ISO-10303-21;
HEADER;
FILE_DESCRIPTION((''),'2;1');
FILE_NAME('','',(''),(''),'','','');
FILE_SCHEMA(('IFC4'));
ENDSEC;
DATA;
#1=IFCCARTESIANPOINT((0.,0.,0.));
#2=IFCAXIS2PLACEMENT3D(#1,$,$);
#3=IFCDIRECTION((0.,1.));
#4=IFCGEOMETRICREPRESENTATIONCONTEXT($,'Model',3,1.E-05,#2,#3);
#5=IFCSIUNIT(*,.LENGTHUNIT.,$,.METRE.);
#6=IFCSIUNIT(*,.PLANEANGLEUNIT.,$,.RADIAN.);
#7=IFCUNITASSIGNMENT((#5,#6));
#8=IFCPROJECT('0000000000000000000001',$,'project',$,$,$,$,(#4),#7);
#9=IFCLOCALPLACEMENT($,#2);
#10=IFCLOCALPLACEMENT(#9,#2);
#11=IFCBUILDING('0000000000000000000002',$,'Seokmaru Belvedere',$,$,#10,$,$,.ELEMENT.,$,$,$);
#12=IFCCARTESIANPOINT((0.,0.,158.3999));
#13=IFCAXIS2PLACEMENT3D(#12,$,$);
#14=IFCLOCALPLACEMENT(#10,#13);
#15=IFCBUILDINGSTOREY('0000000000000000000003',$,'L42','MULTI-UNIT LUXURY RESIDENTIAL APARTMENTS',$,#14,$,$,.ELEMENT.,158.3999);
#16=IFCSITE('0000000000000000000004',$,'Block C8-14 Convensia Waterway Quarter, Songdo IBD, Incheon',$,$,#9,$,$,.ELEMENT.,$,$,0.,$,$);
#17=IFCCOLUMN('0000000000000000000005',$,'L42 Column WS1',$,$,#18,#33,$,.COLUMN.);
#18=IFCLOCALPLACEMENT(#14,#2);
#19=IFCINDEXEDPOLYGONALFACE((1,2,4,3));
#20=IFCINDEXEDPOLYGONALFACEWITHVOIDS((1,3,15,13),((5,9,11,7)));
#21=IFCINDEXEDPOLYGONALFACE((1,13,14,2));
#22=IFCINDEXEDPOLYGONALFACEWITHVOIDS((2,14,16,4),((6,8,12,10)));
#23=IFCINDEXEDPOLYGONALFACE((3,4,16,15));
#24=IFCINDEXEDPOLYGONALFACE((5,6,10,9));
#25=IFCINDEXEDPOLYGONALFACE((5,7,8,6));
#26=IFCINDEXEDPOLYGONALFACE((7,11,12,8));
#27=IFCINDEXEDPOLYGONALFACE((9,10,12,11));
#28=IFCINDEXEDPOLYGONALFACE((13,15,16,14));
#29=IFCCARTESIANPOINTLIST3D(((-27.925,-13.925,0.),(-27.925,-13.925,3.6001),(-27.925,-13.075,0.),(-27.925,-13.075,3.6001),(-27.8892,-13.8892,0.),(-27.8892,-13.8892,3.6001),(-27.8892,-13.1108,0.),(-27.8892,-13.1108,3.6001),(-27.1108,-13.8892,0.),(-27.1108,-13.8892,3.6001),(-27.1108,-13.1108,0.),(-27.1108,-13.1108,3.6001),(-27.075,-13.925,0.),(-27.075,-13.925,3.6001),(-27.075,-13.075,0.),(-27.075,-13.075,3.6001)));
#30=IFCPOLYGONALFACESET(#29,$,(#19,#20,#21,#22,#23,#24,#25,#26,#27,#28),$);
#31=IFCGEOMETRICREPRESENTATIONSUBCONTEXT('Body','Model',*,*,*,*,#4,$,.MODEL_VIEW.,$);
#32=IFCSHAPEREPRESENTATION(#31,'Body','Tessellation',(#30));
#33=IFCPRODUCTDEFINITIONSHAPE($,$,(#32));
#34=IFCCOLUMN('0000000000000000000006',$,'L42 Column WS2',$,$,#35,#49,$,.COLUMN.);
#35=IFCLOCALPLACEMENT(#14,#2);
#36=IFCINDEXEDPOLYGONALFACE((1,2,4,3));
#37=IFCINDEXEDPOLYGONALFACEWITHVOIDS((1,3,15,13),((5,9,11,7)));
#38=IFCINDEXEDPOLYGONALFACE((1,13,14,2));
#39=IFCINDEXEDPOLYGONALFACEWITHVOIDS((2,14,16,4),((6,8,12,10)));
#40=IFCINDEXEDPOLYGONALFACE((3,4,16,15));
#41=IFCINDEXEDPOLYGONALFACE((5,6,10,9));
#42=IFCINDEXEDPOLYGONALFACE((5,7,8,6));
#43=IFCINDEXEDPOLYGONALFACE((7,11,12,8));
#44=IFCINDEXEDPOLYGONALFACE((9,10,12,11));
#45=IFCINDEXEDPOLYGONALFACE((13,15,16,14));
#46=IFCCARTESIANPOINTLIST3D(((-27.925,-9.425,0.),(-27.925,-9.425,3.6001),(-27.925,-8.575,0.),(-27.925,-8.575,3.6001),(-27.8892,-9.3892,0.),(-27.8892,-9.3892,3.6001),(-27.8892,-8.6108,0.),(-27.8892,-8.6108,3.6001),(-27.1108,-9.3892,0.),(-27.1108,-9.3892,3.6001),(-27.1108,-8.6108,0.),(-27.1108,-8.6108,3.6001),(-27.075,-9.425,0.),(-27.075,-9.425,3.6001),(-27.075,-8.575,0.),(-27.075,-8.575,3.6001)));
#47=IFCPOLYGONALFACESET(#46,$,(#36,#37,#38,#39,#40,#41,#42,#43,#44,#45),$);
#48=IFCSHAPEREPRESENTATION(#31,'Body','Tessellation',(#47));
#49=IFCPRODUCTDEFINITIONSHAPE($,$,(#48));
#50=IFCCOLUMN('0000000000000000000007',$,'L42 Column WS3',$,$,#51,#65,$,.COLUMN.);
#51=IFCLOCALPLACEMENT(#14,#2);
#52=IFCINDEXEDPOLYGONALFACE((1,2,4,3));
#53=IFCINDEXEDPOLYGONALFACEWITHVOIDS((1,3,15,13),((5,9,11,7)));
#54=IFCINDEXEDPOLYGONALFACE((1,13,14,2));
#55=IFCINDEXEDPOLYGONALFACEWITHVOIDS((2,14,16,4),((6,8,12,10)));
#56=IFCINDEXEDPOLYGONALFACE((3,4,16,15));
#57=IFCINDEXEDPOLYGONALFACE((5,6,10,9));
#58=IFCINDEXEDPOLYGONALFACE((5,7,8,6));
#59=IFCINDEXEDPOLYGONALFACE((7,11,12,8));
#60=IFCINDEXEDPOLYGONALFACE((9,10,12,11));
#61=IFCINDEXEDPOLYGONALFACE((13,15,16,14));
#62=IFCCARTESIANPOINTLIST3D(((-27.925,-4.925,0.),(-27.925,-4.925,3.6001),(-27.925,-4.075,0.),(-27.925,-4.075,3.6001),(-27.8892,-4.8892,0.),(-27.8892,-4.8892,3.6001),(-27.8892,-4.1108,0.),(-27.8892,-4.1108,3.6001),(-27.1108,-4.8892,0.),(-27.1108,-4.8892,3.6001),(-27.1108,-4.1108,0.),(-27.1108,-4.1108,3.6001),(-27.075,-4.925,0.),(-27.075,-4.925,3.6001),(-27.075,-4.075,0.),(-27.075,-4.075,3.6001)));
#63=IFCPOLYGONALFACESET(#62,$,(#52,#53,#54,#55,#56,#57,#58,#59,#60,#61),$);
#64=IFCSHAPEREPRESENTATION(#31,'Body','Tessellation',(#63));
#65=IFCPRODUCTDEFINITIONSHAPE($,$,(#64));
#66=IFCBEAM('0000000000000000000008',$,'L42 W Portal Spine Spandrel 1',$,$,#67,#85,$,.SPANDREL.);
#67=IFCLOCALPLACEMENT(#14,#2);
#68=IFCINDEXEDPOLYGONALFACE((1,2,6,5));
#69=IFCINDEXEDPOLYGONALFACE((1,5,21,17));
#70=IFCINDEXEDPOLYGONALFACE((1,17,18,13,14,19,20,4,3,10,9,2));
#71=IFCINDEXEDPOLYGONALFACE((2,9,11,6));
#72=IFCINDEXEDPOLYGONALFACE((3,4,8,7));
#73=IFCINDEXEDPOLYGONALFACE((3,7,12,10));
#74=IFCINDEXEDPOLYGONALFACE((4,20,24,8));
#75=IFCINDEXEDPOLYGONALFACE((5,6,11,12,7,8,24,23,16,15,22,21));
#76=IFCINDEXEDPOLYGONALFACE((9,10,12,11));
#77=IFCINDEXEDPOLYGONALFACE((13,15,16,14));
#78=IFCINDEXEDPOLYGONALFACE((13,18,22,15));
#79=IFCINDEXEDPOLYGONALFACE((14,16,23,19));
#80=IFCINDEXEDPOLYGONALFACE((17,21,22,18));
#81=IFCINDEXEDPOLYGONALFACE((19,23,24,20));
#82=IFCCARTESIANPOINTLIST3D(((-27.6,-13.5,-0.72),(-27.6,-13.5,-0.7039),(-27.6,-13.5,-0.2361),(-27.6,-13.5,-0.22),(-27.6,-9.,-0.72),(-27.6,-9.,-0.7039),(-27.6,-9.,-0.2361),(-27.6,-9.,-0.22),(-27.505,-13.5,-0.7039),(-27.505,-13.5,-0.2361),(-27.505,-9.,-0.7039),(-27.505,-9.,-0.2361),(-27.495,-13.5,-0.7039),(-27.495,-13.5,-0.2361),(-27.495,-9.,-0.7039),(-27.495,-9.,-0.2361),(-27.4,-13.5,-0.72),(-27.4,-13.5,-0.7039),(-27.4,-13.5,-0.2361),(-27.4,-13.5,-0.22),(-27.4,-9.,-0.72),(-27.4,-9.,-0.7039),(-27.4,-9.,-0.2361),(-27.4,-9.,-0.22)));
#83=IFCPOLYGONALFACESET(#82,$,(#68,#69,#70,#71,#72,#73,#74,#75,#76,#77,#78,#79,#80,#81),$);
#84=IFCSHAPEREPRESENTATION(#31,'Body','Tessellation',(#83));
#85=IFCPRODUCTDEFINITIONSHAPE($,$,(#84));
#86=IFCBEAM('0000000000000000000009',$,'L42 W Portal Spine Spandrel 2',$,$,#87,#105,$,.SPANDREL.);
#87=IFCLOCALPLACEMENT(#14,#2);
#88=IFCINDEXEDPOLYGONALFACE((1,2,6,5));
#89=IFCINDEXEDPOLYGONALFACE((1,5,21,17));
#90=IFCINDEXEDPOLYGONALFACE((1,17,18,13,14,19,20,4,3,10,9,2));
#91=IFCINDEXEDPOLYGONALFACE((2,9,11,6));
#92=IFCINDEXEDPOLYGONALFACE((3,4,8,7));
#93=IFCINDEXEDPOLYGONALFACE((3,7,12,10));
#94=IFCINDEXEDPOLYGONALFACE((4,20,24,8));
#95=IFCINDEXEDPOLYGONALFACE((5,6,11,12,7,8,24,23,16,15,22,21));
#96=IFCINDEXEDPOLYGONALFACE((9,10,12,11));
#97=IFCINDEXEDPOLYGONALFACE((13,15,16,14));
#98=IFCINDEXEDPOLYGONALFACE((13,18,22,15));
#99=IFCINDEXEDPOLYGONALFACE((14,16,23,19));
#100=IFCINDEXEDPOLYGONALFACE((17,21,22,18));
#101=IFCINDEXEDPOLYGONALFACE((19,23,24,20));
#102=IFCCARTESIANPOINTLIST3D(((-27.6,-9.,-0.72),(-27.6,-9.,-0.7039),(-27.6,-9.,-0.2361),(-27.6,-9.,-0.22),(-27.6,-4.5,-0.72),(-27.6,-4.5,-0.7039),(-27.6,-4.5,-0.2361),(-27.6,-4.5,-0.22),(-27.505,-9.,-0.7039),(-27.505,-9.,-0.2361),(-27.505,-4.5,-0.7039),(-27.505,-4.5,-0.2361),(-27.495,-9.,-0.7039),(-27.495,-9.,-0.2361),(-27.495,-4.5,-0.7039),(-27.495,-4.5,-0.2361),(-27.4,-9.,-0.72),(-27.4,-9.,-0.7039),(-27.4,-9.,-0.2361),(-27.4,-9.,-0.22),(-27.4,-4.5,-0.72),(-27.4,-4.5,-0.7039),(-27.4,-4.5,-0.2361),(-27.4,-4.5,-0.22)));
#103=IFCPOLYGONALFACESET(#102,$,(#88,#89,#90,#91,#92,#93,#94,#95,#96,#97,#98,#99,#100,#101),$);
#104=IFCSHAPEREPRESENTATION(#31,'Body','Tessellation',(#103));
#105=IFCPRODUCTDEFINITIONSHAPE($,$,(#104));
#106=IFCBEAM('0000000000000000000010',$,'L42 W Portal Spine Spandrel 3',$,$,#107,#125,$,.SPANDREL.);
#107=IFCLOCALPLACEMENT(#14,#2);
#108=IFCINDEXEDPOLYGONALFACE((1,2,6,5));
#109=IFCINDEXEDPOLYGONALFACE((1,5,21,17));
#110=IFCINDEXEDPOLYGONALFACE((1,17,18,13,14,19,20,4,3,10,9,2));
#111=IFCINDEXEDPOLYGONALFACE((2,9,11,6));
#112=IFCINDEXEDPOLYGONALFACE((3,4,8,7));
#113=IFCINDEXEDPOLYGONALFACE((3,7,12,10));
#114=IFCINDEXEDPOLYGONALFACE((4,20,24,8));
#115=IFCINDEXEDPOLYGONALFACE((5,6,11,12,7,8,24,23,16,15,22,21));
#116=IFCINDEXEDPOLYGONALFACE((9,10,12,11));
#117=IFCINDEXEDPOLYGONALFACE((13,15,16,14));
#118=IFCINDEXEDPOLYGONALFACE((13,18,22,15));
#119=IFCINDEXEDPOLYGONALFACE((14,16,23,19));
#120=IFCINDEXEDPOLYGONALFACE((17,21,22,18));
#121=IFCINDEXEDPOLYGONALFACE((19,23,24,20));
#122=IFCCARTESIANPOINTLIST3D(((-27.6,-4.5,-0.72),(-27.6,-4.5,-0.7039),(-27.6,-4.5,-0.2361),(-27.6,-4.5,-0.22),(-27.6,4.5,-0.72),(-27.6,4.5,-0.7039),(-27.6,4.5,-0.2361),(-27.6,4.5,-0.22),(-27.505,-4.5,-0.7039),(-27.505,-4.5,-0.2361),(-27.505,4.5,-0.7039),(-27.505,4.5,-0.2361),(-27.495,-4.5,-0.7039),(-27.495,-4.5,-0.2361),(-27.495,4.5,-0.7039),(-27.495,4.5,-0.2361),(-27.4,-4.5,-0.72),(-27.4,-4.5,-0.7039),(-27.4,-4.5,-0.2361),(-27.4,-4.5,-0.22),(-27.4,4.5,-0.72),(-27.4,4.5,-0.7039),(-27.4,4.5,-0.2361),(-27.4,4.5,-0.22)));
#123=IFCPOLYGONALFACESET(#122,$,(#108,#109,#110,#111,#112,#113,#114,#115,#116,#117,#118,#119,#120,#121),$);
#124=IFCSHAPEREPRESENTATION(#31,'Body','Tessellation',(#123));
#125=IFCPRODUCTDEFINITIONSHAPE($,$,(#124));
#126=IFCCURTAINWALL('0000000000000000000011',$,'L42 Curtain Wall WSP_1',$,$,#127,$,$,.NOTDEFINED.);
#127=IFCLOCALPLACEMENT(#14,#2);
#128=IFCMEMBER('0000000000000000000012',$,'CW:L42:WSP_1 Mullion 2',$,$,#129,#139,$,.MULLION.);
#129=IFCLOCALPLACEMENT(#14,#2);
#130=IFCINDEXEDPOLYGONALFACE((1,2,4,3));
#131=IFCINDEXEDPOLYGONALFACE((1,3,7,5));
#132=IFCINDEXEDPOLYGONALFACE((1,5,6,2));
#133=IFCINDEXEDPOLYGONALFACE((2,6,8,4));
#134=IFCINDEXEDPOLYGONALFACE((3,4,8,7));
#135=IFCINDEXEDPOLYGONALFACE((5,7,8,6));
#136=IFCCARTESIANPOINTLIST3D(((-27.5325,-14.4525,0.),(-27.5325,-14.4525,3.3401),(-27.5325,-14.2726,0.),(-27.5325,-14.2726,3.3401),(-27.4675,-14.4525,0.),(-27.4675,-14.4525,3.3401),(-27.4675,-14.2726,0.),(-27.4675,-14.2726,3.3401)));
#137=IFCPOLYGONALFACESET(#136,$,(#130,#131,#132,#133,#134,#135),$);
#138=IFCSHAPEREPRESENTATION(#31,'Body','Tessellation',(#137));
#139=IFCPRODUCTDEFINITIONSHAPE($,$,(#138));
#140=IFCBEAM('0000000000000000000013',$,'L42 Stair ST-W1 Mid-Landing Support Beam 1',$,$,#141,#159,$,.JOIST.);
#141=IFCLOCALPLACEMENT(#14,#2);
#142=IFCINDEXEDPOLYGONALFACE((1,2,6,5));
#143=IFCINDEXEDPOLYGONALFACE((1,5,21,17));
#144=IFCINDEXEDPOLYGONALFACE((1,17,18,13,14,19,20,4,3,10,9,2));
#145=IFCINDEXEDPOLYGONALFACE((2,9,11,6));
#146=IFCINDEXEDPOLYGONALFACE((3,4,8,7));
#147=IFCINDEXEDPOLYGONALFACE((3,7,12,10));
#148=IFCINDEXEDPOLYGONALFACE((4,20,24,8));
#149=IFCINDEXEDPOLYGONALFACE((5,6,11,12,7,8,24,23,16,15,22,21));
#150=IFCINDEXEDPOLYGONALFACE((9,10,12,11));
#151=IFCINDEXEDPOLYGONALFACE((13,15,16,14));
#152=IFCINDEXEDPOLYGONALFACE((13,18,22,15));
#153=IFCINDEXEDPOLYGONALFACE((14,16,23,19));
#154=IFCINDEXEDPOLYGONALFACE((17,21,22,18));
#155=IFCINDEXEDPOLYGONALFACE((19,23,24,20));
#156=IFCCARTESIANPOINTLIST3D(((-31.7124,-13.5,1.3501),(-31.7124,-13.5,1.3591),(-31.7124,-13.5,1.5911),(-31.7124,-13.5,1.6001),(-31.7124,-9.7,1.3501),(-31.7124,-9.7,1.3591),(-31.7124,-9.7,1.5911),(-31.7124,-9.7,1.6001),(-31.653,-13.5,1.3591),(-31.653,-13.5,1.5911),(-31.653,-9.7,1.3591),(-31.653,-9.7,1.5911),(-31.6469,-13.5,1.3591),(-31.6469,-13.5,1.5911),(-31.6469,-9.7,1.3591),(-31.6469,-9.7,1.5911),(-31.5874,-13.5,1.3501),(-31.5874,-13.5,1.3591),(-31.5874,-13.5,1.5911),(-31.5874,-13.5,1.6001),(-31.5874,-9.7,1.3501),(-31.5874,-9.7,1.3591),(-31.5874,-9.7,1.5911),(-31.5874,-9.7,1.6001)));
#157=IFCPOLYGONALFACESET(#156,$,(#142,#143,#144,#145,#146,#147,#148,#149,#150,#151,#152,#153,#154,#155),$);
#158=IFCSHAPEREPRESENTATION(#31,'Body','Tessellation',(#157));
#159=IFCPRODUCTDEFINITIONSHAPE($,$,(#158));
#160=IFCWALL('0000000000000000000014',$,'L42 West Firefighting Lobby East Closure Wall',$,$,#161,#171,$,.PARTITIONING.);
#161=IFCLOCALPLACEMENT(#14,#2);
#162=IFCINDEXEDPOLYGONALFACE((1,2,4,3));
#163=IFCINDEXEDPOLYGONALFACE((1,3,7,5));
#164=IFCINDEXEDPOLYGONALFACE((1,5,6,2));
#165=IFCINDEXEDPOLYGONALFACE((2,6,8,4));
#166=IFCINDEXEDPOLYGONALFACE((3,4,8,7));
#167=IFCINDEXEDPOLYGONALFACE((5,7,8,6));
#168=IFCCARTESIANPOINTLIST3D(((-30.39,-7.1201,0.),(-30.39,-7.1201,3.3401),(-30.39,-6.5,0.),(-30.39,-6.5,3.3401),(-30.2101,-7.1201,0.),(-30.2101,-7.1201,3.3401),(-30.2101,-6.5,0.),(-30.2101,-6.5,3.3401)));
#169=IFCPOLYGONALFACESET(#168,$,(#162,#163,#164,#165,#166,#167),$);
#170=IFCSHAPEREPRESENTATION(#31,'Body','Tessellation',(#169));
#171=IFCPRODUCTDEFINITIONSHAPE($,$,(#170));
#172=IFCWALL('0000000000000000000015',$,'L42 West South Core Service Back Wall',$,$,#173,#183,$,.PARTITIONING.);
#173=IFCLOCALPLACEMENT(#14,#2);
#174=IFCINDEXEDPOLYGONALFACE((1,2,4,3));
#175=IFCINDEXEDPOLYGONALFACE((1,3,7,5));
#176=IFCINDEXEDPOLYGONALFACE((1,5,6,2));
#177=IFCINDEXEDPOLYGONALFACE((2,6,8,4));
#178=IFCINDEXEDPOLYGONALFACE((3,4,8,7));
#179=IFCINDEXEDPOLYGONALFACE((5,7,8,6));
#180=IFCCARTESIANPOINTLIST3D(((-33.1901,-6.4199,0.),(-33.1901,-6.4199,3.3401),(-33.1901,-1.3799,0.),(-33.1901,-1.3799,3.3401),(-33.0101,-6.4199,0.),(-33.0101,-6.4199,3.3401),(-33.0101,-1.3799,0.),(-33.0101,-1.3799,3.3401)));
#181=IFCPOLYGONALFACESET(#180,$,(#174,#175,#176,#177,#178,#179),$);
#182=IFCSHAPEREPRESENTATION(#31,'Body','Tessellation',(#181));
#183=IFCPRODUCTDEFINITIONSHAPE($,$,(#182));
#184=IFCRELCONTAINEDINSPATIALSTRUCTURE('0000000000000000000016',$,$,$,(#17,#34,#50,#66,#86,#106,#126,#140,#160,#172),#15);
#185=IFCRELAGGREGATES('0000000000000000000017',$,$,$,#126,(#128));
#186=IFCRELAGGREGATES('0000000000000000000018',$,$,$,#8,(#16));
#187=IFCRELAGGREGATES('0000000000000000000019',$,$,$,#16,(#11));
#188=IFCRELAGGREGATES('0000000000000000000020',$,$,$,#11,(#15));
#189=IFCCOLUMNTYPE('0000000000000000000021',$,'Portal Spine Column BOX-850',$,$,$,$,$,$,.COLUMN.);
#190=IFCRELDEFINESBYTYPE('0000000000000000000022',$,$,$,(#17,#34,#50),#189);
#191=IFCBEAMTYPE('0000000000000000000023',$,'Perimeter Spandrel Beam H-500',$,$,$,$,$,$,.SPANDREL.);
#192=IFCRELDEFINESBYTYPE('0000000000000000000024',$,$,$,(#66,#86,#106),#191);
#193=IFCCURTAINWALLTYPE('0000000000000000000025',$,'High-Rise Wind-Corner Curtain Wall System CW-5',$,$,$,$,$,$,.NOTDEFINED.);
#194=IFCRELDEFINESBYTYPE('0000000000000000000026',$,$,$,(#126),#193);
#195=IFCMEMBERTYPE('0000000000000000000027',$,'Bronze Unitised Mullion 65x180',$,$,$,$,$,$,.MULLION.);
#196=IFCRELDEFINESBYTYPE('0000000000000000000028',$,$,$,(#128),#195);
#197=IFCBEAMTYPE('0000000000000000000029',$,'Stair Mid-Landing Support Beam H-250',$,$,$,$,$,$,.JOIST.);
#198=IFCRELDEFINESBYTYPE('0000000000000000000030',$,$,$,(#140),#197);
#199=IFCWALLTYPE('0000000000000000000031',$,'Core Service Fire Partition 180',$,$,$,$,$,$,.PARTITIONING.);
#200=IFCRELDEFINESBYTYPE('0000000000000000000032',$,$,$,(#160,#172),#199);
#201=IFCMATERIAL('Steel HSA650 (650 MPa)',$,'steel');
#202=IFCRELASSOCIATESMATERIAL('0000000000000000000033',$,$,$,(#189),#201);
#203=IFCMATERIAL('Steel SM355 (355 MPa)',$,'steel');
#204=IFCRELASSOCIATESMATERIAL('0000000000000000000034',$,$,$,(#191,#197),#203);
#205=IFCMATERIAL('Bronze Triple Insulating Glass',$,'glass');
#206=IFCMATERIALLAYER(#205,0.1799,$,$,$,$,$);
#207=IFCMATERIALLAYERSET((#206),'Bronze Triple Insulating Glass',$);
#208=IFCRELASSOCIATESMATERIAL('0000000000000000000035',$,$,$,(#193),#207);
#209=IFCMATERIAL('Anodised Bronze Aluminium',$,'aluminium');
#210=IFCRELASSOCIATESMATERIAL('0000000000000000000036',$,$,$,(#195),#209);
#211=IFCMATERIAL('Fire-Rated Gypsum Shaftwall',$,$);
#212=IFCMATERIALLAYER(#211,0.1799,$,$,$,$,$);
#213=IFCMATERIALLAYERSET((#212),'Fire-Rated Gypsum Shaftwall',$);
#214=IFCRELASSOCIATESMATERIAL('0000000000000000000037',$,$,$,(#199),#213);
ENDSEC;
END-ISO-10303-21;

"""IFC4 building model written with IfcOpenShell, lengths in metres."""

from ifc_helpers import new_model, si_unit, direction, frame, frame_2d, origin, origin_2d, place, context, subcontext, project, spatial, rectangle, hollow_rectangle, i_section, extrude, source, transform, mapped, material, layer, layer_set, material_profile, profile_set, type_object, type_shapes, element, aggregate, save


model = new_model("IFC4")

# Units and contexts
model_context = context("Model", 3, precision=1e-05, world=origin(), true_north=direction((0.0, 1.0)))
body_context = subcontext(model_context, "Body", "Model", "MODEL_VIEW")
ifc_project = project(units=[si_unit("LENGTHUNIT", "METRE"), si_unit("PLANEANGLEUNIT", "RADIAN")], contexts=[model_context])

# Site, building, storey
site_placement = place(None, origin())
site = spatial("IfcSite", under=ifc_project, at=site_placement, Name="Block C8-14 Convensia Waterway Quarter, Songdo IBD, Incheon", CompositionType="ELEMENT", RefElevation=0.0)
building_placement = place(site_placement, origin())
building = spatial("IfcBuilding", under=site, at=building_placement, Name="Seokmaru Belvedere", CompositionType="ELEMENT")
storey_placement = place(building_placement, frame((0.0, 0.0, 158.3999)))
storey = spatial("IfcBuildingStorey", under=building, at=storey_placement, Name="L42", Description="MULTI-UNIT LUXURY RESIDENTIAL APARTMENTS", CompositionType="ELEMENT", Elevation=158.3999)

# Columns
ifc_material_1 = material(Name="Steel HSA650 (650 MPa)", Category="steel")
ifc_material_profile_1 = material_profile(ifc_material_1, hollow_rectangle(XDim=0.8501, YDim=0.8501, WallThickness=0.0359, at=origin_2d()), Name="BOX-850x850x36")
ifc_profile_set_1 = profile_set([ifc_material_profile_1], Name="Steel HSA650 (650 MPa)")
column_type = type_object("IfcColumnType", Name="Portal Spine Column BOX-850", PredefinedType="COLUMN", material=ifc_profile_set_1)
shared_shape_1 = source(origin(), body_context, "Body", "SweptSolid", [
    extrude(hollow_rectangle(XDim=0.8501, YDim=0.8501, WallThickness=0.0359, at=origin_2d()), origin(), (0.0, 0.0, 1.0), 3.6001),
])
type_shapes(column_type, [shared_shape_1])
for number, where, z_axis, x_axis, name in (
    (1, (-27.5, -13.5, 0.0), (0.0, 0.0, 1.0), (1.0, 0.0, 0.0), "L42 Column WS1"),
    (2, (-27.5, -9.0, 0.0), (0.0, 0.0, 1.0), (1.0, 0.0, 0.0), "L42 Column WS2"),
    (3, (-27.5, -4.5, 0.0), (0.0, 0.0, 1.0), (1.0, 0.0, 0.0), "L42 Column WS3"),
):
    element("IfcColumn", number, at=place(storey_placement, frame(where, z_axis=z_axis, x_axis=x_axis)), inside=storey, type_object=column_type, Name=name, PredefinedType="COLUMN", context=body_context, shape_type="MappedRepresentation", body=[
        mapped(shared_shape_1, transform((0.0, 0.0, 0.0), scale=1.0)),
    ])

# Beams
ifc_material_2 = material(Name="Steel SM355 (355 MPa)", Category="steel")
ifc_material_profile_2 = material_profile(ifc_material_2, i_section(OverallWidth=0.2, OverallDepth=0.5, WebThickness=0.01, FlangeThickness=0.0161, at=origin_2d()), Name="H-500x200x10x16")
ifc_profile_set_2 = profile_set([ifc_material_profile_2], Name="Steel SM355 (355 MPa)")
beam_type_1 = type_object("IfcBeamType", Name="Perimeter Spandrel Beam H-500", PredefinedType="SPANDREL", material=ifc_profile_set_2)
shared_shape_2 = source(origin(), body_context, "Body", "SweptSolid", [
    extrude(i_section(OverallWidth=0.2, OverallDepth=0.5, WebThickness=0.01, FlangeThickness=0.0161, at=origin_2d()), origin(), (0.0, 0.0, 1.0), 4.5),
])
for number, where, z_axis, x_axis, name in (
    (4, (-27.5, -13.5, -0.47), (0.0, 1.0, 0.0), (-1.0, 0.0, 0.0), "L42 W Portal Spine Spandrel 1"),
    (5, (-27.5, -9.0, -0.47), (0.0, 1.0, 0.0), (-1.0, 0.0, 0.0), "L42 W Portal Spine Spandrel 2"),
):
    element("IfcBeam", number, at=place(storey_placement, frame(where, z_axis=z_axis, x_axis=x_axis)), inside=storey, type_object=beam_type_1, Name=name, PredefinedType="SPANDREL", context=body_context, shape_type="MappedRepresentation", body=[
        mapped(shared_shape_2, transform((0.0, 0.0, 0.0), scale=1.0)),
    ])
shared_shape_3 = source(origin(), body_context, "Body", "SweptSolid", [
    extrude(i_section(OverallWidth=0.2, OverallDepth=0.5, WebThickness=0.01, FlangeThickness=0.0161, at=origin_2d()), origin(), (0.0, 0.0, 1.0), 9.0),
])
type_shapes(beam_type_1, [shared_shape_2, shared_shape_3])
beam_1_placement = place(storey_placement, frame((-27.5, -4.5, -0.47), z_axis=(0.0, 1.0, 0.0), x_axis=(-1.0, 0.0, 0.0)))
element("IfcBeam", 6, at=beam_1_placement, inside=storey, type_object=beam_type_1, Name="L42 W Portal Spine Spandrel 3", PredefinedType="SPANDREL", context=body_context, shape_type="MappedRepresentation", body=[
    mapped(shared_shape_3, transform((0.0, 0.0, 0.0), scale=1.0)),
])

# Curtain wall, member
ifc_material_3 = material(Name="Bronze Triple Insulating Glass", Category="glass")
ifc_layer_1 = layer(ifc_material_3, 0.1799)
ifc_layer_set_1 = layer_set([ifc_layer_1], Name="Bronze Triple Insulating Glass")
curtain_wall_type = type_object("IfcCurtainWallType", Name="High-Rise Wind-Corner Curtain Wall System CW-5", PredefinedType="NOTDEFINED", material=ifc_layer_set_1)
curtain_wall_placement = place(storey_placement, origin())
curtain_wall = element("IfcCurtainWall", 7, at=curtain_wall_placement, inside=storey, type_object=curtain_wall_type, Name="L42 Curtain Wall WSP_1", PredefinedType="NOTDEFINED")
ifc_material_4 = material(Name="Anodised Bronze Aluminium", Category="aluminium")
ifc_material_profile_3 = material_profile(ifc_material_4, rectangle(XDim=0.0649, YDim=0.1799, at=origin_2d()), Name="CW-M-65x180")
ifc_profile_set_3 = profile_set([ifc_material_profile_3], Name="Anodised Bronze Aluminium")
member_type = type_object("IfcMemberType", Name="Bronze Unitised Mullion 65x180", PredefinedType="MULLION", material=ifc_profile_set_3)
shared_shape_4 = source(origin(), body_context, "Body", "SweptSolid", [
    extrude(rectangle(XDim=0.0649, YDim=0.1799, at=origin_2d()), origin(), (0.0, 0.0, 1.0), 3.3401),
])
type_shapes(member_type, [shared_shape_4])
member_placement = place(storey_placement, frame((-27.5, -14.3625, 0.0), z_axis=(0.0, 0.0, 1.0), x_axis=(-1.0, 0.0, 0.0)))
member = element("IfcMember", 8, at=member_placement, type_object=member_type, Name="CW:L42:WSP_1 Mullion 2", PredefinedType="MULLION", context=body_context, shape_type="MappedRepresentation", body=[
    mapped(shared_shape_4, transform((0.0, 0.0, 0.0), scale=1.0)),
])
aggregate(curtain_wall, [member])

# Beam
ifc_material_profile_4 = material_profile(ifc_material_2, i_section(OverallWidth=0.125, OverallDepth=0.25, WebThickness=0.0061, FlangeThickness=0.009, at=origin_2d()), Name="H-250x125x6x9")
ifc_profile_set_4 = profile_set([ifc_material_profile_4], Name="Steel SM355 (355 MPa)")
beam_type_2 = type_object("IfcBeamType", Name="Stair Mid-Landing Support Beam H-250", PredefinedType="JOIST", material=ifc_profile_set_4)
shared_shape_5 = source(origin(), body_context, "Body", "SweptSolid", [
    extrude(i_section(OverallWidth=0.125, OverallDepth=0.25, WebThickness=0.0061, FlangeThickness=0.009, at=origin_2d()), origin(), (0.0, 0.0, 1.0), 3.8),
])
type_shapes(beam_type_2, [shared_shape_5])
beam_2_placement = place(storey_placement, frame((-31.6499, -13.5, 1.4751), z_axis=(0.0, 1.0, 0.0), x_axis=(-1.0, 0.0, 0.0)))
element("IfcBeam", 9, at=beam_2_placement, inside=storey, type_object=beam_type_2, Name="L42 Stair ST-W1 Mid-Landing Support Beam 1", PredefinedType="JOIST", context=body_context, shape_type="MappedRepresentation", body=[
    mapped(shared_shape_5, transform((0.0, 0.0, 0.0), scale=1.0)),
])

# Walls
ifc_material_5 = material(Name="Fire-Rated Gypsum Shaftwall")
ifc_layer_2 = layer(ifc_material_5, 0.1799)
ifc_layer_set_2 = layer_set([ifc_layer_2], Name="Fire-Rated Gypsum Shaftwall")
wall_type_1 = type_object("IfcWallType", Name="Core Service Fire Partition 180", PredefinedType="PARTITIONING", material=ifc_layer_set_2)
wall_1_placement = place(storey_placement, frame((-30.3, -7.1201, 0.0), z_axis=(0.0, 0.0, 1.0), x_axis=(0.0, 1.0, 0.0)))
element("IfcWall", 10, at=wall_1_placement, inside=storey, type_object=wall_type_1, Name="L42 West Firefighting Lobby East Closure Wall", PredefinedType="PARTITIONING", context=body_context, shape_type="SweptSolid", body=[
    extrude(rectangle(XDim=0.6201, YDim=0.1799, at=frame_2d((0.3101, 0.0))), origin(), (0.0, 0.0, 1.0), 3.3401),
])
wall_2_placement = place(storey_placement, frame((-33.1001, -6.4199, 0.0), z_axis=(0.0, 0.0, 1.0), x_axis=(0.0, 1.0, 0.0)))
element("IfcWall", 11, at=wall_2_placement, inside=storey, type_object=wall_type_1, Name="L42 West South Core Service Back Wall", PredefinedType="PARTITIONING", context=body_context, shape_type="SweptSolid", body=[
    extrude(rectangle(XDim=5.04, YDim=0.1799, at=frame_2d((2.52, 0.0))), origin(), (0.0, 0.0, 1.0), 3.3401),
])

save(model, "model.ifc")
